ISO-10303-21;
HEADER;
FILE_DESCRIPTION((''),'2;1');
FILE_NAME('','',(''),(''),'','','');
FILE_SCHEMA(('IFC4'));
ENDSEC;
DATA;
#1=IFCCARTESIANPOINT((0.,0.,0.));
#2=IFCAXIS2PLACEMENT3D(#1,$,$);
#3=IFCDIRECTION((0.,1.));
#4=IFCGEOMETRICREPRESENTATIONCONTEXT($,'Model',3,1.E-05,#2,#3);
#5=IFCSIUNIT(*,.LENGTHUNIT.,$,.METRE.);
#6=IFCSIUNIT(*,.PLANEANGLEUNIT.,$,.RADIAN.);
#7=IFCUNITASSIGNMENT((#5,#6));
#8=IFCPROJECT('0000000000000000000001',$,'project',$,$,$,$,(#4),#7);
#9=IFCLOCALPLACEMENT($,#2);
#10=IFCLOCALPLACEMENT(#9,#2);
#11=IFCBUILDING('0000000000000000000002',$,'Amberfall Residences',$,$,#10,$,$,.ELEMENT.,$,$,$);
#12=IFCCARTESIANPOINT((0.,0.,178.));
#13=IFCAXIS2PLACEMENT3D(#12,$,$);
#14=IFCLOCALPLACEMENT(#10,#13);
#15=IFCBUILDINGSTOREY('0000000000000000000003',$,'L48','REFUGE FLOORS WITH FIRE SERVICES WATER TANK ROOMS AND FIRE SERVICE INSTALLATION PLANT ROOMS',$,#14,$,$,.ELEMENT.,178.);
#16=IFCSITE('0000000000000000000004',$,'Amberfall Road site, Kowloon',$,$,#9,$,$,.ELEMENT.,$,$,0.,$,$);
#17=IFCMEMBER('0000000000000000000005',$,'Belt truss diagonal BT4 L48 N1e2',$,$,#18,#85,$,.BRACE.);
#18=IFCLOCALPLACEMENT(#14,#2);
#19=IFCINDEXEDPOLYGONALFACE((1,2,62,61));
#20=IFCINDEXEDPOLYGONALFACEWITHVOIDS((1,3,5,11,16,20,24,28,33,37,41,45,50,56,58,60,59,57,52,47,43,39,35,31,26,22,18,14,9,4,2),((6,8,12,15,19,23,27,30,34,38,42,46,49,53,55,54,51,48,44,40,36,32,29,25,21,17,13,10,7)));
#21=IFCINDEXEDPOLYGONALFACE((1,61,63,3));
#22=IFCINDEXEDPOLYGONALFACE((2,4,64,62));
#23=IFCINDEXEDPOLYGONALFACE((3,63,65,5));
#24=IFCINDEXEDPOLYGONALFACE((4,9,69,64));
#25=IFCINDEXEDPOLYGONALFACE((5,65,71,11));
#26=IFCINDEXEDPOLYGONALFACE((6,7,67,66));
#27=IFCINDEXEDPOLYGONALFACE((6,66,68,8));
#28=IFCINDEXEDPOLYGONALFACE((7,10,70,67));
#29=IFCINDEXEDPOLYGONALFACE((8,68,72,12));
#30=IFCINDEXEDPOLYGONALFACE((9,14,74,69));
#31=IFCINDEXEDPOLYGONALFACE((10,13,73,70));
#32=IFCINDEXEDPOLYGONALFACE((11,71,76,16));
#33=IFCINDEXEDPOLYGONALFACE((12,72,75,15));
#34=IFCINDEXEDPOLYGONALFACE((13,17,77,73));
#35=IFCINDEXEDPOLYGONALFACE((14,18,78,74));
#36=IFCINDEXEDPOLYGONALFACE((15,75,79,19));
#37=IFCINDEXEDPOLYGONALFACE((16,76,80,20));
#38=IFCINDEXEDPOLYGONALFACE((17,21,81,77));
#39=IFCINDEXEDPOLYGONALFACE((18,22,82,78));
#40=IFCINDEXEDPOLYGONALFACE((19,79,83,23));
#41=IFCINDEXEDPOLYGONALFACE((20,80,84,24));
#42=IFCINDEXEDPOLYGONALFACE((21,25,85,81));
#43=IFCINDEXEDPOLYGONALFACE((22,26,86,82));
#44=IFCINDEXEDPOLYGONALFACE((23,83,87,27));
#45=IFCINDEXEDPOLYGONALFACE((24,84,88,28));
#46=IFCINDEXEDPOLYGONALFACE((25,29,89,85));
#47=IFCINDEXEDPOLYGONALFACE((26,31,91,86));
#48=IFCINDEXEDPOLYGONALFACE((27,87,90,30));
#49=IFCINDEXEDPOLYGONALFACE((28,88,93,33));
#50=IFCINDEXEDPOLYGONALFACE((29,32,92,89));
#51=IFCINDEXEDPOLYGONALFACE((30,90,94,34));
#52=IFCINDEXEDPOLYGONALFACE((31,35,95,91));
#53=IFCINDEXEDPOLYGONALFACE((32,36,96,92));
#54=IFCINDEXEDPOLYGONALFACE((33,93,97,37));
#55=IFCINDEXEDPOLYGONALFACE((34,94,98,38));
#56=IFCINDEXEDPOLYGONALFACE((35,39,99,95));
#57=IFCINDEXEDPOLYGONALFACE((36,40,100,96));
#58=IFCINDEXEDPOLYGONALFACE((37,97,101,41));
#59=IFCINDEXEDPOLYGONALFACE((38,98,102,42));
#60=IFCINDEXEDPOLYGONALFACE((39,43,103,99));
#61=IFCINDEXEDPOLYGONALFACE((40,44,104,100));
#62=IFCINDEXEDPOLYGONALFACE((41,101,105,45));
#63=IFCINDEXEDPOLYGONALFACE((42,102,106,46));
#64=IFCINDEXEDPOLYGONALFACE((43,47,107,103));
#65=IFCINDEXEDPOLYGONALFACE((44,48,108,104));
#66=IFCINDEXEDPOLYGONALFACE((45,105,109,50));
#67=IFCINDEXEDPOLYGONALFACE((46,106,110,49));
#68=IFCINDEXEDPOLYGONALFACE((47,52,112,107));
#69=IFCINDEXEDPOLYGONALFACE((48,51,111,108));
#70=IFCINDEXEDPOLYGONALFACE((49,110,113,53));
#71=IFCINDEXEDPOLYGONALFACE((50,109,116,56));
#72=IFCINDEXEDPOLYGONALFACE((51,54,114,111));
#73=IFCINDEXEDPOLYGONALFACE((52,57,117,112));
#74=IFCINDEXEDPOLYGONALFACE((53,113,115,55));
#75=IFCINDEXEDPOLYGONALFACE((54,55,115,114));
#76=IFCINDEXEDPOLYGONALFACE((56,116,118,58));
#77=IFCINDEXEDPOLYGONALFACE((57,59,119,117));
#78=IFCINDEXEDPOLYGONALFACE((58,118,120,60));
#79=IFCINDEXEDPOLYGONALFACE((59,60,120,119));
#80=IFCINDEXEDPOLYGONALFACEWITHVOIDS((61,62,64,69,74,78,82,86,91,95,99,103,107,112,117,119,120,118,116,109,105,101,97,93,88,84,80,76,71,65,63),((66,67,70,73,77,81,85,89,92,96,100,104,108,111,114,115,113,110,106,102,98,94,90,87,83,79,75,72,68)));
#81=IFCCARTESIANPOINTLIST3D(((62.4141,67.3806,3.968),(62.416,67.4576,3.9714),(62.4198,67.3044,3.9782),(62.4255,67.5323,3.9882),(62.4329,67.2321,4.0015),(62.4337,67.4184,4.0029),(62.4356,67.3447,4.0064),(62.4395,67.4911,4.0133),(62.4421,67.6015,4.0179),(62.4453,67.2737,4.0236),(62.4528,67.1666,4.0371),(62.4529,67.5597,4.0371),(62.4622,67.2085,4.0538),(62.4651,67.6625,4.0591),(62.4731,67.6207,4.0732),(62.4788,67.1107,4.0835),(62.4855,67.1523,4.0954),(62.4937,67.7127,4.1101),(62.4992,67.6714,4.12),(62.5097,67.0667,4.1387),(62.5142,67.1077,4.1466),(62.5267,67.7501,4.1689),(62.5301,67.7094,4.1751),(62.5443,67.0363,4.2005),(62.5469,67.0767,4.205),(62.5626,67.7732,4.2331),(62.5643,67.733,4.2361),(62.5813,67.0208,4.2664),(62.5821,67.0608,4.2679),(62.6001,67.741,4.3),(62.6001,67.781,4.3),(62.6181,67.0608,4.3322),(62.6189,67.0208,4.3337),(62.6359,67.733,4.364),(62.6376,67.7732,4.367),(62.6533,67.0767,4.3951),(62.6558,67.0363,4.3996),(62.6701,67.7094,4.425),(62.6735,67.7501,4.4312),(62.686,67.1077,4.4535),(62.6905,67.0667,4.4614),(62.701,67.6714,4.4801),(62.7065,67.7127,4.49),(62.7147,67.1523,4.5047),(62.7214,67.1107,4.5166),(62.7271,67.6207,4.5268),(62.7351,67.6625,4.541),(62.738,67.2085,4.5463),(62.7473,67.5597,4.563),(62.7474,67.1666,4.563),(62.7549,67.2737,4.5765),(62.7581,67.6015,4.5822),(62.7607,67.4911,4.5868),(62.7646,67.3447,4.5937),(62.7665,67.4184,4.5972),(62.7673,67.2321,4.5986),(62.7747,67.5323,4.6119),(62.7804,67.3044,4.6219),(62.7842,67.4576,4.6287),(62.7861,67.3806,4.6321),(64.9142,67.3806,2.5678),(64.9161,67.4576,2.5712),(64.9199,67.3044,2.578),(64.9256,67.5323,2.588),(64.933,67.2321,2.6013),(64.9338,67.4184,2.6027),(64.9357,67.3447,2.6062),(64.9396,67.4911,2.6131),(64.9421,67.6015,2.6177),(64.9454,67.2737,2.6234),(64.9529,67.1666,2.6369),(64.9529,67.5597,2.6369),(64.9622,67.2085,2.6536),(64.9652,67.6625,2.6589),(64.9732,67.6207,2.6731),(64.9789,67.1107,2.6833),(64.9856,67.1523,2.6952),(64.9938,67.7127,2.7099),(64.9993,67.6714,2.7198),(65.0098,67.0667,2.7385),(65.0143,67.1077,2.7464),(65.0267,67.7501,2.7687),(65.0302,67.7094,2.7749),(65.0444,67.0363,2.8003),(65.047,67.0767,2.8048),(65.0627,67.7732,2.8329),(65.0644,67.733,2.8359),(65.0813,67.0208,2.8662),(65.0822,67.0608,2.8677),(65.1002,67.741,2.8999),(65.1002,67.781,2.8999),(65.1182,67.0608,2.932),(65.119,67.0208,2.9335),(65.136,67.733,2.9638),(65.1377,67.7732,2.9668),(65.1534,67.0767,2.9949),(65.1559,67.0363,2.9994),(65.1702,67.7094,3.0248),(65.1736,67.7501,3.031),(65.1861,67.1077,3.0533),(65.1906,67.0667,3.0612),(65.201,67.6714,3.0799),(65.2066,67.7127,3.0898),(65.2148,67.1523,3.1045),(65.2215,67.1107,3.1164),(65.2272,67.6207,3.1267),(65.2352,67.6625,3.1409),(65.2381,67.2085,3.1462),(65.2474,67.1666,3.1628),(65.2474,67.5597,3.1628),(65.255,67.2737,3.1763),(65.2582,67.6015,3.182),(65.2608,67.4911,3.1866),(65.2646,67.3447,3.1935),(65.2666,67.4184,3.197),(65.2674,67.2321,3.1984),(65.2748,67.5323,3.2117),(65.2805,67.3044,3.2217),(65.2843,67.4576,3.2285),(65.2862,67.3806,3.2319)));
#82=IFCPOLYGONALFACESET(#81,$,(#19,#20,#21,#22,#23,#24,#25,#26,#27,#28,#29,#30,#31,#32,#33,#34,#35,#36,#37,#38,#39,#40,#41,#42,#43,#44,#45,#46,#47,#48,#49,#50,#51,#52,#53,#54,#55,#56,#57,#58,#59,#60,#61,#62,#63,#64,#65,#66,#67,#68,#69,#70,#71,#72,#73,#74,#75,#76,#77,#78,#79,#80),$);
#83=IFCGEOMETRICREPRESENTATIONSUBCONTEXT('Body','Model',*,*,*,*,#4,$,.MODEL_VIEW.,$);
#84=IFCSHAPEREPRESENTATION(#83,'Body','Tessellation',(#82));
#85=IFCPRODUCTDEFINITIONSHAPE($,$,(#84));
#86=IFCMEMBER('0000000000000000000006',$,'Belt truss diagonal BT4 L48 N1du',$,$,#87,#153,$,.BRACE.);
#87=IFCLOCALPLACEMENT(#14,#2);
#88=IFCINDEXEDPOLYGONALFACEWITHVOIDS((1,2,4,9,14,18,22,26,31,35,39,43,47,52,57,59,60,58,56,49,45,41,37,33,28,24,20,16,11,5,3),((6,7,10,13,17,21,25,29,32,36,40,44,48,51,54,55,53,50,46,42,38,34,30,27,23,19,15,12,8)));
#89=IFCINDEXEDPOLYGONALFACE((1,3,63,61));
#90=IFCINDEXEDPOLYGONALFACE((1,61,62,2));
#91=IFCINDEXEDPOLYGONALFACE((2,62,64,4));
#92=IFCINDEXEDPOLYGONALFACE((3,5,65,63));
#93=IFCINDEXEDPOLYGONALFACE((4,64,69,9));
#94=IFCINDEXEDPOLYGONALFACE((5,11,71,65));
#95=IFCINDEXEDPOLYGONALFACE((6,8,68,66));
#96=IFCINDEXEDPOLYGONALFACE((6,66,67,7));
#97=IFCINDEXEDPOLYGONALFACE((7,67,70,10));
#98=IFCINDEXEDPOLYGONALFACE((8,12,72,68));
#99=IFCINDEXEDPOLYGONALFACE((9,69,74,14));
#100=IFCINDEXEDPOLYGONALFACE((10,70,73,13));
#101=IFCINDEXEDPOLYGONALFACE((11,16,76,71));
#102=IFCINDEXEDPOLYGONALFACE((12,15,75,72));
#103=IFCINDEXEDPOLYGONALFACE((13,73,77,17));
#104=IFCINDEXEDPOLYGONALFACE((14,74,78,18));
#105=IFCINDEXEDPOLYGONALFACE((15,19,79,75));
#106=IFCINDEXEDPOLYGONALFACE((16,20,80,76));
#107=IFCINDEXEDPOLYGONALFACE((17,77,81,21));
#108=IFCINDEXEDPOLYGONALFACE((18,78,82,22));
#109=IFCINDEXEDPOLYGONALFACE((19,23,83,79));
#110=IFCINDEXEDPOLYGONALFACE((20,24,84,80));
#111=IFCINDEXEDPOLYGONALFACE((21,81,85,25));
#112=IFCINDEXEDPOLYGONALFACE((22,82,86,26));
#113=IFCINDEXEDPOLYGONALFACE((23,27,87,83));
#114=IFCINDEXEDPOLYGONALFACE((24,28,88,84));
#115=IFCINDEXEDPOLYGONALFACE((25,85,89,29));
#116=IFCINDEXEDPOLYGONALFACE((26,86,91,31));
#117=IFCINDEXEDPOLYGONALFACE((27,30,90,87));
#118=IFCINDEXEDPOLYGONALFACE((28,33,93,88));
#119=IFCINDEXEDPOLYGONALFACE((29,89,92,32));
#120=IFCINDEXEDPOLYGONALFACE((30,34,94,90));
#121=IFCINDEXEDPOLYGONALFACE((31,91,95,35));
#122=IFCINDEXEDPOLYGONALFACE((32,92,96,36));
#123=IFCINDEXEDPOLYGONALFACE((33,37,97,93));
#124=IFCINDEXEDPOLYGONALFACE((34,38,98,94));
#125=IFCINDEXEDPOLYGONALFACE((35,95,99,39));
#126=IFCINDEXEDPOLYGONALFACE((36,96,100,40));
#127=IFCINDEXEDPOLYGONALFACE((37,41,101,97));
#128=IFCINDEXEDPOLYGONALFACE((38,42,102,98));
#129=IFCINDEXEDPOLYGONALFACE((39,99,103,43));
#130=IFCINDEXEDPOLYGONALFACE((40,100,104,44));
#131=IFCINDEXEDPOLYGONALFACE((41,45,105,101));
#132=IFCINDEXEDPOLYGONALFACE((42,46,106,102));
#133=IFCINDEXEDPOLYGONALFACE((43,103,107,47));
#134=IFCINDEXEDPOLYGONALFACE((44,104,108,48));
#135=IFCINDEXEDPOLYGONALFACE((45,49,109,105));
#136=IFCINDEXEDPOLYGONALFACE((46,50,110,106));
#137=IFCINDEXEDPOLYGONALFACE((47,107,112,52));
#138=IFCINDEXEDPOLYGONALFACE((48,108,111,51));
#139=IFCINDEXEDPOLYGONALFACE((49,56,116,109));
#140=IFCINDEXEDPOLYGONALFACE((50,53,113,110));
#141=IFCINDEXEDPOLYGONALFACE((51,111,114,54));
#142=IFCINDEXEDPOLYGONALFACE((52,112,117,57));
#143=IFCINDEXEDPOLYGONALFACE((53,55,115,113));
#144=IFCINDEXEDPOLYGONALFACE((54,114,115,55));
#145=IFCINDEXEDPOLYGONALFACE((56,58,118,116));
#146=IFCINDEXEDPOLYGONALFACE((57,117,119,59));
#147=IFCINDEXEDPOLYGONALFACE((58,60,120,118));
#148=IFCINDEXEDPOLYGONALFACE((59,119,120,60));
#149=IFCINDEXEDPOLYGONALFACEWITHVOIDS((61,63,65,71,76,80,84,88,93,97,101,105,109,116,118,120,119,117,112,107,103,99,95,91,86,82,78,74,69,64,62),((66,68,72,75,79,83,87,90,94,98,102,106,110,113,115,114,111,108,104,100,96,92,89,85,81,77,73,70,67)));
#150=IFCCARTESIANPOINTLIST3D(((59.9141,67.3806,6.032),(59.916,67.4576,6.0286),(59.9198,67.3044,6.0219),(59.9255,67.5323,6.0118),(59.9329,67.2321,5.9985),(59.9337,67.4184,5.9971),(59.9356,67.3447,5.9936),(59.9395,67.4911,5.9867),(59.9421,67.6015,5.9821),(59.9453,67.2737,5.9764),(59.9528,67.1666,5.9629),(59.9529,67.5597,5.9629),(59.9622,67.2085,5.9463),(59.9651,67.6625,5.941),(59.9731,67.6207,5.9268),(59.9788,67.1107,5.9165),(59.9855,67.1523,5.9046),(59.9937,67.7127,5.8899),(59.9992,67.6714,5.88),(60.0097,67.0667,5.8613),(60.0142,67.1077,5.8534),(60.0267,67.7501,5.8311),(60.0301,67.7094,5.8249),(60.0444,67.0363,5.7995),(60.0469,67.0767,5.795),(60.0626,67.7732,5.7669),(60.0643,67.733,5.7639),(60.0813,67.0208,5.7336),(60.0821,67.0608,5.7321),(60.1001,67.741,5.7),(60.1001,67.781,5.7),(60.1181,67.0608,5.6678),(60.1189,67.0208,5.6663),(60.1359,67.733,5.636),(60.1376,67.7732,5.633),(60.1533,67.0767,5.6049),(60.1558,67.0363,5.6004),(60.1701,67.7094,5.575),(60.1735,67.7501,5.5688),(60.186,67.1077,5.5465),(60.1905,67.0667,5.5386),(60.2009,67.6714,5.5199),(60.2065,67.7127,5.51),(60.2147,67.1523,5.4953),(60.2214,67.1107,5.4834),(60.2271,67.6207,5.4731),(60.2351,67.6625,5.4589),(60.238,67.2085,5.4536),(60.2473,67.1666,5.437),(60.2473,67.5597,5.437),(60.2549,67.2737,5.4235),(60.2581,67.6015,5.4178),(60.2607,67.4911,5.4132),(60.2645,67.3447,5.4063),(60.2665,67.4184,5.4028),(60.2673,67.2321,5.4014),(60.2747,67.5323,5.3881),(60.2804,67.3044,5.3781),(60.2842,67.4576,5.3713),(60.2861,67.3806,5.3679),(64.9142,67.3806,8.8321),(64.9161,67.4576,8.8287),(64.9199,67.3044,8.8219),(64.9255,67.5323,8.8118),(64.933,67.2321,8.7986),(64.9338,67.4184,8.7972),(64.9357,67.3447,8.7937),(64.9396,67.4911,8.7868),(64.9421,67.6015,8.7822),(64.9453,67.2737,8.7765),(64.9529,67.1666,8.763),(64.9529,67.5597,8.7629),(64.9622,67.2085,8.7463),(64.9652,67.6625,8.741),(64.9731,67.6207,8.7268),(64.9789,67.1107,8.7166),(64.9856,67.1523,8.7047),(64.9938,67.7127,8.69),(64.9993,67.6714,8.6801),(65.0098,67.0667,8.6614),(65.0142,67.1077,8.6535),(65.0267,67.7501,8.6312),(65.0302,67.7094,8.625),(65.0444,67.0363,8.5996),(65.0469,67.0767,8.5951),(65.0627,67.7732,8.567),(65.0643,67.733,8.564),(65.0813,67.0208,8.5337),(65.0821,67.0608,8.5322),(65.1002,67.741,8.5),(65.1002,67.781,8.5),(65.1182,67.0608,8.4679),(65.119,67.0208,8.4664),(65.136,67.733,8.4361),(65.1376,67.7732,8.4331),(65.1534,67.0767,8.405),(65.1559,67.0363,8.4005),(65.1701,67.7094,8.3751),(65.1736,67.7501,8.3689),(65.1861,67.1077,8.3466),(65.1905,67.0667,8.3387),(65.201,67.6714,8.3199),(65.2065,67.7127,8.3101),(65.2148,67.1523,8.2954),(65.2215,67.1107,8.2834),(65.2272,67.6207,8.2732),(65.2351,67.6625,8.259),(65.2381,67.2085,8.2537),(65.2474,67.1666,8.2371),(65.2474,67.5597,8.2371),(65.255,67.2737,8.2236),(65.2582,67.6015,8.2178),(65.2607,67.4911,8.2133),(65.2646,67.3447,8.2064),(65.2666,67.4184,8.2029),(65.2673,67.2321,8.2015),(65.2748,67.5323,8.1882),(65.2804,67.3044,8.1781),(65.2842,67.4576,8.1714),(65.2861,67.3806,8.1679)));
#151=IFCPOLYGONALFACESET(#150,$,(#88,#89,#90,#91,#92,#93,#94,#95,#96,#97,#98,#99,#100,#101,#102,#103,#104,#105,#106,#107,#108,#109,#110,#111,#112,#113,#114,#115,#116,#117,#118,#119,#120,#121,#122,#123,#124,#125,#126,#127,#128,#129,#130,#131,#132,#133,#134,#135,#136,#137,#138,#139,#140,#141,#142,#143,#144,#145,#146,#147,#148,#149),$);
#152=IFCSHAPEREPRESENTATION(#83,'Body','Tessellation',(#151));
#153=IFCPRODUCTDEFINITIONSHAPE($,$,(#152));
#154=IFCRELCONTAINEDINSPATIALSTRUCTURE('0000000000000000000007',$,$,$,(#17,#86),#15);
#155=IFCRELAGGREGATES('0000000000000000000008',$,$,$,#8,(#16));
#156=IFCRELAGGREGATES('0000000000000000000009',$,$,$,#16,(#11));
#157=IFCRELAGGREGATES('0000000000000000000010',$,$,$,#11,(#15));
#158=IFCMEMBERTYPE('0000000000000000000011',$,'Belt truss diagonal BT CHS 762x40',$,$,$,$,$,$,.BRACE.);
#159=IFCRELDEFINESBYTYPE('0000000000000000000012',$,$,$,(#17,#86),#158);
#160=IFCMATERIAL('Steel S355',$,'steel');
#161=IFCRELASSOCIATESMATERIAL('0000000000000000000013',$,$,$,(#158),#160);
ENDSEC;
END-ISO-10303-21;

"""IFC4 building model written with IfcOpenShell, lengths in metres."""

from ifc_helpers import new_model, si_unit, direction, frame, origin, origin_2d, place, context, subcontext, project, spatial, hollow_circle, extrude, material, material_profile, profile_set, type_object, element, save


model = new_model("IFC4")

# Units and contexts
model_context = context("Model", 3, precision=1e-05, world=origin(), true_north=direction((0.0, 1.0)))
body_context = subcontext(model_context, "Body", "Model", "MODEL_VIEW")
ifc_project = project(units=[si_unit("LENGTHUNIT", "METRE"), si_unit("PLANEANGLEUNIT", "RADIAN")], contexts=[model_context])

# Site, building, storey
site_placement = place(None, origin())
site = spatial("IfcSite", under=ifc_project, at=site_placement, Name="Amberfall Road site, Kowloon", CompositionType="ELEMENT", RefElevation=0.0)
building_placement = place(site_placement, origin())
building = spatial("IfcBuilding", under=site, at=building_placement, Name="Amberfall Residences", CompositionType="ELEMENT")
storey_placement = place(building_placement, frame((0.0, 0.0, 178.0)))
storey = spatial("IfcBuildingStorey", under=building, at=storey_placement, Name="L48", Description="REFUGE FLOORS WITH FIRE SERVICES WATER TANK ROOMS AND FIRE SERVICE INSTALLATION PLANT ROOMS", CompositionType="ELEMENT", Elevation=178.0)

# Shared definitions
ifc_material_1 = material(Name="Steel S355", Category="steel")

# Members
ifc_material_profile_1 = material_profile(ifc_material_1, hollow_circle(Radius=0.3811, WallThickness=0.04, at=origin_2d()), Name="CHS 762x40")
ifc_profile_set_1 = profile_set([ifc_material_profile_1], Name="Steel S355")
member_type = type_object("IfcMemberType", Name="Belt truss diagonal BT CHS 762x40", PredefinedType="BRACE", material=ifc_profile_set_1)
member_1_placement = place(storey_placement, frame((62.6001, 67.3999, 4.3), z_axis=(0.872484, 0.0, -0.488642), x_axis=(0.0, 1.0, 0.0)))
element("IfcMember", 1, at=member_1_placement, inside=storey, type_object=member_type, Name="Belt truss diagonal BT4 L48 N1e2", PredefinedType="BRACE", context=body_context, shape_type="SweptSolid", body=[
    extrude(hollow_circle(Radius=0.3811, WallThickness=0.04, at=origin_2d()), origin(), (0.0, 0.0, 1.0), 2.8655),
])
member_2_placement = place(storey_placement, frame((60.1001, 67.3999, 5.7), z_axis=(0.872502, 0.0, 0.48861), x_axis=(0.0, 1.0, 0.0)))
element("IfcMember", 2, at=member_2_placement, inside=storey, type_object=member_type, Name="Belt truss diagonal BT4 L48 N1du", PredefinedType="BRACE", context=body_context, shape_type="SweptSolid", body=[
    extrude(hollow_circle(Radius=0.3811, WallThickness=0.04, at=origin_2d()), origin(), (0.0, 0.0, 1.0), 5.7307),
])

save(model, "model.ifc")
